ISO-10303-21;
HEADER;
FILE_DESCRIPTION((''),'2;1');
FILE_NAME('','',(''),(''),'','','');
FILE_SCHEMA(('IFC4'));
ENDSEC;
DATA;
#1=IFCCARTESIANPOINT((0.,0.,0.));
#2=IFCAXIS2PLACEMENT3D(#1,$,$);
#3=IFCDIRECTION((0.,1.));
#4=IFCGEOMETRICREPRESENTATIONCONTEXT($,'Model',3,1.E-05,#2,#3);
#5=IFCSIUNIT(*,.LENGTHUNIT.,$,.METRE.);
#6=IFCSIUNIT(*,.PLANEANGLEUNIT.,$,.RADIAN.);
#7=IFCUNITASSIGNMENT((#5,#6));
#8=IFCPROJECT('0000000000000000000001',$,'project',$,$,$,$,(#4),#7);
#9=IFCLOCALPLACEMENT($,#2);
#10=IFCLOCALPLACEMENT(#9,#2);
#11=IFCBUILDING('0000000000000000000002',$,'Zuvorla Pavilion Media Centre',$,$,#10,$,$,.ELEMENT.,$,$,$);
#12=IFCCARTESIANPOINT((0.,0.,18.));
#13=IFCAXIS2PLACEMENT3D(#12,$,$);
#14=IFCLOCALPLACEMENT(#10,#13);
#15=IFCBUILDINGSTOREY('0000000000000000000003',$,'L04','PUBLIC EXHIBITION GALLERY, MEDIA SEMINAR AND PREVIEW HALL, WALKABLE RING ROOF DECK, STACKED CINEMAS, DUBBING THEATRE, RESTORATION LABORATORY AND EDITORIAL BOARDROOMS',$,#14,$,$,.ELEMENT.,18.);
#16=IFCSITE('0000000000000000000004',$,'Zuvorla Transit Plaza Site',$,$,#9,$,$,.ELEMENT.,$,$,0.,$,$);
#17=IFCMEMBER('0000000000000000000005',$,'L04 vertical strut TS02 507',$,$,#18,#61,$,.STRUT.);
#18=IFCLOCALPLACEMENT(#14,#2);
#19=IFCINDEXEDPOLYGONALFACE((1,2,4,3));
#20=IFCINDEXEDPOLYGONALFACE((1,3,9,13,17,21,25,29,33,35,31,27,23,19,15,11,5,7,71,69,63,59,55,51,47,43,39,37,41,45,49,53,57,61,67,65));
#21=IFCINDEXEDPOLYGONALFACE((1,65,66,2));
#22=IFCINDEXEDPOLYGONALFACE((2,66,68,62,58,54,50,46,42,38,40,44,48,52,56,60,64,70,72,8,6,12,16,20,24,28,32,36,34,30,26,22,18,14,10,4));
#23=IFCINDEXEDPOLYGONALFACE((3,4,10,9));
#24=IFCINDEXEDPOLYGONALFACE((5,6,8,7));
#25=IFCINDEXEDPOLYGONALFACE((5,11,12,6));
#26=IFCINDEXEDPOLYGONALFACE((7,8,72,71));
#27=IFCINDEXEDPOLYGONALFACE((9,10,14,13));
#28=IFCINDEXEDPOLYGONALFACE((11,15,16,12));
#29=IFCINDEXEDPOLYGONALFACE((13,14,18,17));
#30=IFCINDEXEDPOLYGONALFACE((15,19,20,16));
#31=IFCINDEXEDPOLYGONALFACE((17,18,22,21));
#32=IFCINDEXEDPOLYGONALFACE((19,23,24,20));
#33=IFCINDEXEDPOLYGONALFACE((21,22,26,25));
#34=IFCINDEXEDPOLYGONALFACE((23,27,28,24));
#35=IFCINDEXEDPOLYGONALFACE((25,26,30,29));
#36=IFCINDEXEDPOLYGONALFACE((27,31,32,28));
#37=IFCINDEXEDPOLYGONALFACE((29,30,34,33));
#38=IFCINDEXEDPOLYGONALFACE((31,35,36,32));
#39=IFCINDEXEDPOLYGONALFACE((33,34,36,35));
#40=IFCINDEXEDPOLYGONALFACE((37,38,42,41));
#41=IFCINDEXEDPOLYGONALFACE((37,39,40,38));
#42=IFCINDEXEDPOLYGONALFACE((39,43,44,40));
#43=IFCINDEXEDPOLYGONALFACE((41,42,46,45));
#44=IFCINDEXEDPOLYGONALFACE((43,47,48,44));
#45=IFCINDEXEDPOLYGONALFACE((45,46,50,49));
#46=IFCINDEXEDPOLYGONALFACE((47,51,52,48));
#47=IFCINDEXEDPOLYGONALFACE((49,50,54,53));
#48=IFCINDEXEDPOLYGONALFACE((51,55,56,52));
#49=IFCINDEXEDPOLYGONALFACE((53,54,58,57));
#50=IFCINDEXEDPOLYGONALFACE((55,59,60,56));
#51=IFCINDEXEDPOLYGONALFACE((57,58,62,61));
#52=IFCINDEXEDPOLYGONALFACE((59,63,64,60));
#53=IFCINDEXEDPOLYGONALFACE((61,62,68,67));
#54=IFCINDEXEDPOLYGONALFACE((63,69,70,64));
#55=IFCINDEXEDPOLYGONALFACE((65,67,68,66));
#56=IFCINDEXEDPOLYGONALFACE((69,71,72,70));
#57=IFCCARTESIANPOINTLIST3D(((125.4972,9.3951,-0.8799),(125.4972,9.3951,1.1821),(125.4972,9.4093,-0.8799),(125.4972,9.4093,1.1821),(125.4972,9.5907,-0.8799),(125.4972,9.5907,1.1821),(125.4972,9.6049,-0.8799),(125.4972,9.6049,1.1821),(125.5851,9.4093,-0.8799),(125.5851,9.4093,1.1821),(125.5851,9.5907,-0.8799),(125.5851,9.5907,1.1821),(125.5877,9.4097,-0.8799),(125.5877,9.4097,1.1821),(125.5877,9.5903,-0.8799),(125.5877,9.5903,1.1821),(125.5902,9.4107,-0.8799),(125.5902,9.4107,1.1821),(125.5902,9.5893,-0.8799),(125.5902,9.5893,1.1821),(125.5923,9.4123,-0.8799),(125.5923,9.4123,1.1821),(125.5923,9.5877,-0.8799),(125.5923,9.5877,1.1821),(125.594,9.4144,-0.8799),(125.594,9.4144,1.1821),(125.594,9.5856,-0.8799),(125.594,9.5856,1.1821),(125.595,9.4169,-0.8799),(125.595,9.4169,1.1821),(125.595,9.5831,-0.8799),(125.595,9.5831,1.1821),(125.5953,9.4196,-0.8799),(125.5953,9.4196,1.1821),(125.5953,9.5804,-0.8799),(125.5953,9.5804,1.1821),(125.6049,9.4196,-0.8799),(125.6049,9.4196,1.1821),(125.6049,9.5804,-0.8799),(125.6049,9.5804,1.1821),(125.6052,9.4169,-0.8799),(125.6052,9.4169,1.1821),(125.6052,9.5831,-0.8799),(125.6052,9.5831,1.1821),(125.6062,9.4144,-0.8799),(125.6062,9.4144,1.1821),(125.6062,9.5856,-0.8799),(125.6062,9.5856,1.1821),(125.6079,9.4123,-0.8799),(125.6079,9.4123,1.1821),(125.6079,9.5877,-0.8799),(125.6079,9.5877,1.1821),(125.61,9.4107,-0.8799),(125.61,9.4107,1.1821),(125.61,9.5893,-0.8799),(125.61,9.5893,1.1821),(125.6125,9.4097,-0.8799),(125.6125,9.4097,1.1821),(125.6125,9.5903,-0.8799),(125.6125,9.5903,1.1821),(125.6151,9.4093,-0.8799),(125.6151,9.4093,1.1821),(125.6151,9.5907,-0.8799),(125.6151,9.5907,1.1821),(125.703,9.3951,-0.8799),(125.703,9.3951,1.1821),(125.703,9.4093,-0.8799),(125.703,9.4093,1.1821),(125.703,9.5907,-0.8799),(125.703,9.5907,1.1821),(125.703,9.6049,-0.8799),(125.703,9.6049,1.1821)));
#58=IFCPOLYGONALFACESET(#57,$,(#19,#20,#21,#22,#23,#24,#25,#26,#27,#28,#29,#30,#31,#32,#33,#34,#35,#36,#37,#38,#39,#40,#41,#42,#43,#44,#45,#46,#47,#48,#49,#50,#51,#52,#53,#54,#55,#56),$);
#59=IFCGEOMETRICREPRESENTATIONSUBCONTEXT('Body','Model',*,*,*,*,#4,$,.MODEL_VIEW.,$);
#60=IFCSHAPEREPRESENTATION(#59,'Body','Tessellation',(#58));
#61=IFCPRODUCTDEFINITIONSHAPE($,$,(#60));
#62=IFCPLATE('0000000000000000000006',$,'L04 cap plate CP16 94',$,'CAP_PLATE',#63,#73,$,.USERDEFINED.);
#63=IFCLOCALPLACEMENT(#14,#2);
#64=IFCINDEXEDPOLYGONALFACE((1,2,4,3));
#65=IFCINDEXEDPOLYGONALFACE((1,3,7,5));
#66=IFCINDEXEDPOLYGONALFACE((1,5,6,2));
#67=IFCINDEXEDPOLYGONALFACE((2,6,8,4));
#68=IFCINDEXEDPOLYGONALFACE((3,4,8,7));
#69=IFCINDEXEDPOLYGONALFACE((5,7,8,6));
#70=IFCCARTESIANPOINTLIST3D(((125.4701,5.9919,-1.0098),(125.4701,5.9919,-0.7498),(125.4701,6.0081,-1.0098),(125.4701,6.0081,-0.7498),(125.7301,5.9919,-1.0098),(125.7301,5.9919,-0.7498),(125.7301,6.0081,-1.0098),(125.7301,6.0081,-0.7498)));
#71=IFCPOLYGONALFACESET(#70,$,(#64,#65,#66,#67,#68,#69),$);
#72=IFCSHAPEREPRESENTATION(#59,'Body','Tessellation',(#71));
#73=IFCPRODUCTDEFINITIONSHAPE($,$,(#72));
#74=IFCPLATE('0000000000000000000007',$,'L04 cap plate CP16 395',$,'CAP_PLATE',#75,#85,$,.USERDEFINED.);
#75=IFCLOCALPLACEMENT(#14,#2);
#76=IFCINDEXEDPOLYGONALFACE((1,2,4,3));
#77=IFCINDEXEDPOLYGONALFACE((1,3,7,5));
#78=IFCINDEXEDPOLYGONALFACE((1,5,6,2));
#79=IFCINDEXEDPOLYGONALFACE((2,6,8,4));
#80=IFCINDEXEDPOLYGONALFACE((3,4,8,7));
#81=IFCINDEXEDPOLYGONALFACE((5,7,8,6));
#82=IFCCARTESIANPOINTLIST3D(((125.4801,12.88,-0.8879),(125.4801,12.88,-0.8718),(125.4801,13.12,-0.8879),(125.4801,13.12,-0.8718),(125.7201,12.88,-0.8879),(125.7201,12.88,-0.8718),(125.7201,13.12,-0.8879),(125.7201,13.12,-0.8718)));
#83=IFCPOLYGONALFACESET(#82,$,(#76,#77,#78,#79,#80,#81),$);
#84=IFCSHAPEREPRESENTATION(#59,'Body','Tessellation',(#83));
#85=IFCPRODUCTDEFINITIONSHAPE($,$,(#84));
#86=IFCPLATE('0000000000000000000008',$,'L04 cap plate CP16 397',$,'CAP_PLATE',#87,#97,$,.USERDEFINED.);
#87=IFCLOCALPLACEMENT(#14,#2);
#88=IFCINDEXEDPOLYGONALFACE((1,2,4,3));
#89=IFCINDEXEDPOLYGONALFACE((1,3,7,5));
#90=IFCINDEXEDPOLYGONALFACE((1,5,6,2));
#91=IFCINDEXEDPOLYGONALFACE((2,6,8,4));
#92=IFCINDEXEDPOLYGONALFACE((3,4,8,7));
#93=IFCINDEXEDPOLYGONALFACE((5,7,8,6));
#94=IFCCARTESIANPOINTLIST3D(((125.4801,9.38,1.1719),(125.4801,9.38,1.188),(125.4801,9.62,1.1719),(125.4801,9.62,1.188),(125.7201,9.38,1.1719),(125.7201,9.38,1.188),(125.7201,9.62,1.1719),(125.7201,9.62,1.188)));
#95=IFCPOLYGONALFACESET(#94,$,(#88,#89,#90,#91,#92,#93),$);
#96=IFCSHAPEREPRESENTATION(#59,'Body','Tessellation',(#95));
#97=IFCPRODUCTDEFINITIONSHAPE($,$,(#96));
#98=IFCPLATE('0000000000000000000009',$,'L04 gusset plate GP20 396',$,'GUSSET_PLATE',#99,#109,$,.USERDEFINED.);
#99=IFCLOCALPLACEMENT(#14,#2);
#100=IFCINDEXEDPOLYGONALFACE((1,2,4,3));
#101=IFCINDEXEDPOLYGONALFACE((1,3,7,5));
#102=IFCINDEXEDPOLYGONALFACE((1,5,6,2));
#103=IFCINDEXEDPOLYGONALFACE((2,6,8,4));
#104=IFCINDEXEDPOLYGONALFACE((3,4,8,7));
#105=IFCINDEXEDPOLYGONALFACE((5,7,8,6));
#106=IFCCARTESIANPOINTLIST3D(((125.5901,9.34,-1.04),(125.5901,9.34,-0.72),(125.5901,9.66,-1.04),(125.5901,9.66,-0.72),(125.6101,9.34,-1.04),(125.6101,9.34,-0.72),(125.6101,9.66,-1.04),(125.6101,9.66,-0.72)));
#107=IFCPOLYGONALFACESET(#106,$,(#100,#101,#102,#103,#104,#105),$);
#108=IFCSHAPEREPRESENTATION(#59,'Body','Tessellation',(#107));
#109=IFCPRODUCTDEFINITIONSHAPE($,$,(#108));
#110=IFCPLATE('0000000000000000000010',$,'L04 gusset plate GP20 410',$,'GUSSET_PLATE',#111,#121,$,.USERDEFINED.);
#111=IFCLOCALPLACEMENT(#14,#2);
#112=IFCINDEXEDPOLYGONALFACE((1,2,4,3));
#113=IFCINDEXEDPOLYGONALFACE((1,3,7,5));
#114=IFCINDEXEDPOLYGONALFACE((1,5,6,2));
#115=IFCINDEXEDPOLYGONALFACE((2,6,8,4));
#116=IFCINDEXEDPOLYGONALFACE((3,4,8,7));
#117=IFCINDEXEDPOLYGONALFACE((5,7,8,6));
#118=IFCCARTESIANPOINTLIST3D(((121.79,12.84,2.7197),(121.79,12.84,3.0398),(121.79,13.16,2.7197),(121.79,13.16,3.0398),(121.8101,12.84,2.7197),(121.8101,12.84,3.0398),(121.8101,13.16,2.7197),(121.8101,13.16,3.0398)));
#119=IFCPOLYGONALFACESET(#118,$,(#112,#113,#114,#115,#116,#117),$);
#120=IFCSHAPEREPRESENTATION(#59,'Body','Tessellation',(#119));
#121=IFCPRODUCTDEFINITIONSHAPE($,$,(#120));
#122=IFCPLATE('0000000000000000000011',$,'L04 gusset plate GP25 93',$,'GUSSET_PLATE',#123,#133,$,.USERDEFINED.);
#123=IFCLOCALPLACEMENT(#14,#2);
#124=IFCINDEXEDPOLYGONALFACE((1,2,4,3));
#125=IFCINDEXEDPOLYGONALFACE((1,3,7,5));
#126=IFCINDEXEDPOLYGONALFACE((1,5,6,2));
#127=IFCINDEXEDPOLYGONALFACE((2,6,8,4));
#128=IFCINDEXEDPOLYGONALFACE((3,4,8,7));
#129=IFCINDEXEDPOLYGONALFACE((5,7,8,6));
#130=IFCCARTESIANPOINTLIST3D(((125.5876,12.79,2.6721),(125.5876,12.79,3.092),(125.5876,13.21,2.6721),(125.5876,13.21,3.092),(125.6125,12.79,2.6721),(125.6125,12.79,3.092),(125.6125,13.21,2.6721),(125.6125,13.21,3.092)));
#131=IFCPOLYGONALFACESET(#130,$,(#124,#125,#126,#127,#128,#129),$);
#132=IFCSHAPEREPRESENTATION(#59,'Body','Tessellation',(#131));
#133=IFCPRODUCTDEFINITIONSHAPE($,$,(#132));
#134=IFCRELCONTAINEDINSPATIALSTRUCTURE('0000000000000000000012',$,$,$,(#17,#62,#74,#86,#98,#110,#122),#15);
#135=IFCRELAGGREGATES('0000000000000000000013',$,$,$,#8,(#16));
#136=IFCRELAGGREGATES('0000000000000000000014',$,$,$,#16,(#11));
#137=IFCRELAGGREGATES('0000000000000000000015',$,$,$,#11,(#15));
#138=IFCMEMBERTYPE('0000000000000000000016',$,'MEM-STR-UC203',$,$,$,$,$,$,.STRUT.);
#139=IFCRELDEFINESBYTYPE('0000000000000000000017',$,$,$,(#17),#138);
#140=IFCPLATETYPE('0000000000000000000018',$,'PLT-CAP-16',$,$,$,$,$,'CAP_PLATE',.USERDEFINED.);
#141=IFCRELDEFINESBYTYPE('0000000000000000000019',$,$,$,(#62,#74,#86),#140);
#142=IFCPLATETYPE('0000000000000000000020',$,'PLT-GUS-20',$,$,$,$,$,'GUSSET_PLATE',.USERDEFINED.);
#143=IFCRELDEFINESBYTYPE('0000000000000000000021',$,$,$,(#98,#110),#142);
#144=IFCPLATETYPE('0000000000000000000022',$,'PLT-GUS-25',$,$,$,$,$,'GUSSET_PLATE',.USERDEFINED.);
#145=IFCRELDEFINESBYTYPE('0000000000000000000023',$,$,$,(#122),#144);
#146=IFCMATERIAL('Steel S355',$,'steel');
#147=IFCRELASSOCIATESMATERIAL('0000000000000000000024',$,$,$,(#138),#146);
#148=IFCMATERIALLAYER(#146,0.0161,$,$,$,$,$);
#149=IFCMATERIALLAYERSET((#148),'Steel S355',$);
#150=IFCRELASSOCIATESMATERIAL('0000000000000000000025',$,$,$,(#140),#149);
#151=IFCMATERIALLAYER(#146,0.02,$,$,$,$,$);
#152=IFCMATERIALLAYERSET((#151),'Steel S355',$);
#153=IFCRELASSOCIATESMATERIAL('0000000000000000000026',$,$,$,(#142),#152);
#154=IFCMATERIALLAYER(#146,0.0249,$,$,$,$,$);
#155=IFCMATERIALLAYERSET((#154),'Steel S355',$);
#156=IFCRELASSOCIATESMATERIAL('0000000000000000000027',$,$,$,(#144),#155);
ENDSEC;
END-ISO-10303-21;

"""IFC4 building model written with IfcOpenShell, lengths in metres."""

from ifc_helpers import new_model, si_unit, direction, frame, origin, origin_2d, place, context, subcontext, project, spatial, rectangle, i_section, extrude, material, layer, layer_set, material_profile, profile_set, type_object, element, save


model = new_model("IFC4")

# Units and contexts
model_context = context("Model", 3, precision=1e-05, world=origin(), true_north=direction((0.0, 1.0)))
body_context = subcontext(model_context, "Body", "Model", "MODEL_VIEW")
ifc_project = project(units=[si_unit("LENGTHUNIT", "METRE"), si_unit("PLANEANGLEUNIT", "RADIAN")], contexts=[model_context])

# Site, building, storey
site_placement = place(None, origin())
site = spatial("IfcSite", under=ifc_project, at=site_placement, Name="Zuvorla Transit Plaza Site", CompositionType="ELEMENT", RefElevation=0.0)
building_placement = place(site_placement, origin())
building = spatial("IfcBuilding", under=site, at=building_placement, Name="Zuvorla Pavilion Media Centre", CompositionType="ELEMENT")
storey_placement = place(building_placement, frame((0.0, 0.0, 18.0)))
storey = spatial("IfcBuildingStorey", under=building, at=storey_placement, Name="L04", Description="PUBLIC EXHIBITION GALLERY, MEDIA SEMINAR AND PREVIEW HALL, WALKABLE RING ROOF DECK, STACKED CINEMAS, DUBBING THEATRE, RESTORATION LABORATORY AND EDITORIAL BOARDROOMS", CompositionType="ELEMENT", Elevation=18.0)

# Shared definitions
ifc_material_1 = material(Name="Steel S355", Category="steel")

# Member
ifc_material_profile_1 = material_profile(ifc_material_1, i_section(OverallWidth=0.2058, OverallDepth=0.2097, WebThickness=0.0095, FlangeThickness=0.0142, FilletRadius=0.0103, at=origin_2d()), Name="UC 203x203x60")
ifc_profile_set_1 = profile_set([ifc_material_profile_1], Name="Steel S355")
member_type_1 = type_object("IfcMemberType", Name="MEM-STR-UC203", PredefinedType="STRUT", material=ifc_profile_set_1)
member_1_placement = place(storey_placement, frame((125.6001, 9.5, -0.8799), z_axis=(0.0, 0.0, 1.0), x_axis=(1.0, 0.0, 0.0)))
element("IfcMember", 1, at=member_1_placement, inside=storey, type_object=member_type_1, Name="L04 vertical strut TS02 507", PredefinedType="STRUT", context=body_context, shape_type="SweptSolid", body=[
    extrude(i_section(OverallWidth=0.2058, OverallDepth=0.2097, WebThickness=0.0095, FlangeThickness=0.0142, FilletRadius=0.0103, at=origin_2d()), origin(), (0.0, 0.0, 1.0), 2.062),
])

# Plates
ifc_layer_1 = layer(ifc_material_1, 0.0161)
ifc_layer_set_1 = layer_set([ifc_layer_1], Name="Steel S355")
plate_type_1 = type_object("IfcPlateType", Name="PLT-CAP-16", ElementType="CAP_PLATE", PredefinedType="USERDEFINED", material=ifc_layer_set_1)
plate_1_placement = place(storey_placement, frame((125.6001, 6.0, -1.0098), z_axis=(0.0, 0.0, 1.0), x_axis=(1.0, 0.0, 0.0)))
element("IfcPlate", 2, at=plate_1_placement, inside=storey, type_object=plate_type_1, Name="L04 cap plate CP16 94", ObjectType="CAP_PLATE", PredefinedType="USERDEFINED", context=body_context, shape_type="SweptSolid", body=[
    extrude(rectangle(XDim=0.26, YDim=0.0161, at=origin_2d()), origin(), (0.0, 0.0, 1.0), 0.26),
])
for number, where, z_axis, x_axis, name in (
    (3, (125.6001, 13.0, -0.8879), (0.0, 0.0, 1.0), (1.0, 0.0, 0.0), "L04 cap plate CP16 395"),
    (4, (125.6001, 9.5, 1.1719), (0.0, 0.0, 1.0), (1.0, 0.0, 0.0), "L04 cap plate CP16 397"),
):
    element("IfcPlate", number, at=place(storey_placement, frame(where, z_axis=z_axis, x_axis=x_axis)), inside=storey, type_object=plate_type_1, Name=name, ObjectType="CAP_PLATE", PredefinedType="USERDEFINED", context=body_context, shape_type="SweptSolid", body=[
        extrude(rectangle(XDim=0.24, YDim=0.24, at=origin_2d()), origin(), (0.0, 0.0, 1.0), 0.0161),
    ])
ifc_layer_2 = layer(ifc_material_1, 0.02)
ifc_layer_set_2 = layer_set([ifc_layer_2], Name="Steel S355")
plate_type_2 = type_object("IfcPlateType", Name="PLT-GUS-20", ElementType="GUSSET_PLATE", PredefinedType="USERDEFINED", material=ifc_layer_set_2)
for number, where, z_axis, x_axis, name in (
    (5, (125.6001, 9.5, -1.04), (0.0, 0.0, 1.0), (1.0, 0.0, 0.0), "L04 gusset plate GP20 396"),
    (6, (121.8, 13.0, 2.7197), (0.0, 0.0, 1.0), (1.0, 0.0, 0.0), "L04 gusset plate GP20 410"),
):
    element("IfcPlate", number, at=place(storey_placement, frame(where, z_axis=z_axis, x_axis=x_axis)), inside=storey, type_object=plate_type_2, Name=name, ObjectType="GUSSET_PLATE", PredefinedType="USERDEFINED", context=body_context, shape_type="SweptSolid", body=[
        extrude(rectangle(XDim=0.02, YDim=0.3201, at=origin_2d()), origin(), (0.0, 0.0, 1.0), 0.3201),
    ])
ifc_layer_3 = layer(ifc_material_1, 0.0249)
ifc_layer_set_3 = layer_set([ifc_layer_3], Name="Steel S355")
plate_type_3 = type_object("IfcPlateType", Name="PLT-GUS-25", ElementType="GUSSET_PLATE", PredefinedType="USERDEFINED", material=ifc_layer_set_3)
plate_2_placement = place(storey_placement, frame((125.6001, 13.0, 2.6721), z_axis=(0.0, 0.0, 1.0), x_axis=(1.0, 0.0, 0.0)))
element("IfcPlate", 7, at=plate_2_placement, inside=storey, type_object=plate_type_3, Name="L04 gusset plate GP25 93", ObjectType="GUSSET_PLATE", PredefinedType="USERDEFINED", context=body_context, shape_type="SweptSolid", body=[
    extrude(rectangle(XDim=0.0249, YDim=0.4199, at=origin_2d()), origin(), (0.0, 0.0, 1.0), 0.4199),
])

save(model, "model.ifc")
